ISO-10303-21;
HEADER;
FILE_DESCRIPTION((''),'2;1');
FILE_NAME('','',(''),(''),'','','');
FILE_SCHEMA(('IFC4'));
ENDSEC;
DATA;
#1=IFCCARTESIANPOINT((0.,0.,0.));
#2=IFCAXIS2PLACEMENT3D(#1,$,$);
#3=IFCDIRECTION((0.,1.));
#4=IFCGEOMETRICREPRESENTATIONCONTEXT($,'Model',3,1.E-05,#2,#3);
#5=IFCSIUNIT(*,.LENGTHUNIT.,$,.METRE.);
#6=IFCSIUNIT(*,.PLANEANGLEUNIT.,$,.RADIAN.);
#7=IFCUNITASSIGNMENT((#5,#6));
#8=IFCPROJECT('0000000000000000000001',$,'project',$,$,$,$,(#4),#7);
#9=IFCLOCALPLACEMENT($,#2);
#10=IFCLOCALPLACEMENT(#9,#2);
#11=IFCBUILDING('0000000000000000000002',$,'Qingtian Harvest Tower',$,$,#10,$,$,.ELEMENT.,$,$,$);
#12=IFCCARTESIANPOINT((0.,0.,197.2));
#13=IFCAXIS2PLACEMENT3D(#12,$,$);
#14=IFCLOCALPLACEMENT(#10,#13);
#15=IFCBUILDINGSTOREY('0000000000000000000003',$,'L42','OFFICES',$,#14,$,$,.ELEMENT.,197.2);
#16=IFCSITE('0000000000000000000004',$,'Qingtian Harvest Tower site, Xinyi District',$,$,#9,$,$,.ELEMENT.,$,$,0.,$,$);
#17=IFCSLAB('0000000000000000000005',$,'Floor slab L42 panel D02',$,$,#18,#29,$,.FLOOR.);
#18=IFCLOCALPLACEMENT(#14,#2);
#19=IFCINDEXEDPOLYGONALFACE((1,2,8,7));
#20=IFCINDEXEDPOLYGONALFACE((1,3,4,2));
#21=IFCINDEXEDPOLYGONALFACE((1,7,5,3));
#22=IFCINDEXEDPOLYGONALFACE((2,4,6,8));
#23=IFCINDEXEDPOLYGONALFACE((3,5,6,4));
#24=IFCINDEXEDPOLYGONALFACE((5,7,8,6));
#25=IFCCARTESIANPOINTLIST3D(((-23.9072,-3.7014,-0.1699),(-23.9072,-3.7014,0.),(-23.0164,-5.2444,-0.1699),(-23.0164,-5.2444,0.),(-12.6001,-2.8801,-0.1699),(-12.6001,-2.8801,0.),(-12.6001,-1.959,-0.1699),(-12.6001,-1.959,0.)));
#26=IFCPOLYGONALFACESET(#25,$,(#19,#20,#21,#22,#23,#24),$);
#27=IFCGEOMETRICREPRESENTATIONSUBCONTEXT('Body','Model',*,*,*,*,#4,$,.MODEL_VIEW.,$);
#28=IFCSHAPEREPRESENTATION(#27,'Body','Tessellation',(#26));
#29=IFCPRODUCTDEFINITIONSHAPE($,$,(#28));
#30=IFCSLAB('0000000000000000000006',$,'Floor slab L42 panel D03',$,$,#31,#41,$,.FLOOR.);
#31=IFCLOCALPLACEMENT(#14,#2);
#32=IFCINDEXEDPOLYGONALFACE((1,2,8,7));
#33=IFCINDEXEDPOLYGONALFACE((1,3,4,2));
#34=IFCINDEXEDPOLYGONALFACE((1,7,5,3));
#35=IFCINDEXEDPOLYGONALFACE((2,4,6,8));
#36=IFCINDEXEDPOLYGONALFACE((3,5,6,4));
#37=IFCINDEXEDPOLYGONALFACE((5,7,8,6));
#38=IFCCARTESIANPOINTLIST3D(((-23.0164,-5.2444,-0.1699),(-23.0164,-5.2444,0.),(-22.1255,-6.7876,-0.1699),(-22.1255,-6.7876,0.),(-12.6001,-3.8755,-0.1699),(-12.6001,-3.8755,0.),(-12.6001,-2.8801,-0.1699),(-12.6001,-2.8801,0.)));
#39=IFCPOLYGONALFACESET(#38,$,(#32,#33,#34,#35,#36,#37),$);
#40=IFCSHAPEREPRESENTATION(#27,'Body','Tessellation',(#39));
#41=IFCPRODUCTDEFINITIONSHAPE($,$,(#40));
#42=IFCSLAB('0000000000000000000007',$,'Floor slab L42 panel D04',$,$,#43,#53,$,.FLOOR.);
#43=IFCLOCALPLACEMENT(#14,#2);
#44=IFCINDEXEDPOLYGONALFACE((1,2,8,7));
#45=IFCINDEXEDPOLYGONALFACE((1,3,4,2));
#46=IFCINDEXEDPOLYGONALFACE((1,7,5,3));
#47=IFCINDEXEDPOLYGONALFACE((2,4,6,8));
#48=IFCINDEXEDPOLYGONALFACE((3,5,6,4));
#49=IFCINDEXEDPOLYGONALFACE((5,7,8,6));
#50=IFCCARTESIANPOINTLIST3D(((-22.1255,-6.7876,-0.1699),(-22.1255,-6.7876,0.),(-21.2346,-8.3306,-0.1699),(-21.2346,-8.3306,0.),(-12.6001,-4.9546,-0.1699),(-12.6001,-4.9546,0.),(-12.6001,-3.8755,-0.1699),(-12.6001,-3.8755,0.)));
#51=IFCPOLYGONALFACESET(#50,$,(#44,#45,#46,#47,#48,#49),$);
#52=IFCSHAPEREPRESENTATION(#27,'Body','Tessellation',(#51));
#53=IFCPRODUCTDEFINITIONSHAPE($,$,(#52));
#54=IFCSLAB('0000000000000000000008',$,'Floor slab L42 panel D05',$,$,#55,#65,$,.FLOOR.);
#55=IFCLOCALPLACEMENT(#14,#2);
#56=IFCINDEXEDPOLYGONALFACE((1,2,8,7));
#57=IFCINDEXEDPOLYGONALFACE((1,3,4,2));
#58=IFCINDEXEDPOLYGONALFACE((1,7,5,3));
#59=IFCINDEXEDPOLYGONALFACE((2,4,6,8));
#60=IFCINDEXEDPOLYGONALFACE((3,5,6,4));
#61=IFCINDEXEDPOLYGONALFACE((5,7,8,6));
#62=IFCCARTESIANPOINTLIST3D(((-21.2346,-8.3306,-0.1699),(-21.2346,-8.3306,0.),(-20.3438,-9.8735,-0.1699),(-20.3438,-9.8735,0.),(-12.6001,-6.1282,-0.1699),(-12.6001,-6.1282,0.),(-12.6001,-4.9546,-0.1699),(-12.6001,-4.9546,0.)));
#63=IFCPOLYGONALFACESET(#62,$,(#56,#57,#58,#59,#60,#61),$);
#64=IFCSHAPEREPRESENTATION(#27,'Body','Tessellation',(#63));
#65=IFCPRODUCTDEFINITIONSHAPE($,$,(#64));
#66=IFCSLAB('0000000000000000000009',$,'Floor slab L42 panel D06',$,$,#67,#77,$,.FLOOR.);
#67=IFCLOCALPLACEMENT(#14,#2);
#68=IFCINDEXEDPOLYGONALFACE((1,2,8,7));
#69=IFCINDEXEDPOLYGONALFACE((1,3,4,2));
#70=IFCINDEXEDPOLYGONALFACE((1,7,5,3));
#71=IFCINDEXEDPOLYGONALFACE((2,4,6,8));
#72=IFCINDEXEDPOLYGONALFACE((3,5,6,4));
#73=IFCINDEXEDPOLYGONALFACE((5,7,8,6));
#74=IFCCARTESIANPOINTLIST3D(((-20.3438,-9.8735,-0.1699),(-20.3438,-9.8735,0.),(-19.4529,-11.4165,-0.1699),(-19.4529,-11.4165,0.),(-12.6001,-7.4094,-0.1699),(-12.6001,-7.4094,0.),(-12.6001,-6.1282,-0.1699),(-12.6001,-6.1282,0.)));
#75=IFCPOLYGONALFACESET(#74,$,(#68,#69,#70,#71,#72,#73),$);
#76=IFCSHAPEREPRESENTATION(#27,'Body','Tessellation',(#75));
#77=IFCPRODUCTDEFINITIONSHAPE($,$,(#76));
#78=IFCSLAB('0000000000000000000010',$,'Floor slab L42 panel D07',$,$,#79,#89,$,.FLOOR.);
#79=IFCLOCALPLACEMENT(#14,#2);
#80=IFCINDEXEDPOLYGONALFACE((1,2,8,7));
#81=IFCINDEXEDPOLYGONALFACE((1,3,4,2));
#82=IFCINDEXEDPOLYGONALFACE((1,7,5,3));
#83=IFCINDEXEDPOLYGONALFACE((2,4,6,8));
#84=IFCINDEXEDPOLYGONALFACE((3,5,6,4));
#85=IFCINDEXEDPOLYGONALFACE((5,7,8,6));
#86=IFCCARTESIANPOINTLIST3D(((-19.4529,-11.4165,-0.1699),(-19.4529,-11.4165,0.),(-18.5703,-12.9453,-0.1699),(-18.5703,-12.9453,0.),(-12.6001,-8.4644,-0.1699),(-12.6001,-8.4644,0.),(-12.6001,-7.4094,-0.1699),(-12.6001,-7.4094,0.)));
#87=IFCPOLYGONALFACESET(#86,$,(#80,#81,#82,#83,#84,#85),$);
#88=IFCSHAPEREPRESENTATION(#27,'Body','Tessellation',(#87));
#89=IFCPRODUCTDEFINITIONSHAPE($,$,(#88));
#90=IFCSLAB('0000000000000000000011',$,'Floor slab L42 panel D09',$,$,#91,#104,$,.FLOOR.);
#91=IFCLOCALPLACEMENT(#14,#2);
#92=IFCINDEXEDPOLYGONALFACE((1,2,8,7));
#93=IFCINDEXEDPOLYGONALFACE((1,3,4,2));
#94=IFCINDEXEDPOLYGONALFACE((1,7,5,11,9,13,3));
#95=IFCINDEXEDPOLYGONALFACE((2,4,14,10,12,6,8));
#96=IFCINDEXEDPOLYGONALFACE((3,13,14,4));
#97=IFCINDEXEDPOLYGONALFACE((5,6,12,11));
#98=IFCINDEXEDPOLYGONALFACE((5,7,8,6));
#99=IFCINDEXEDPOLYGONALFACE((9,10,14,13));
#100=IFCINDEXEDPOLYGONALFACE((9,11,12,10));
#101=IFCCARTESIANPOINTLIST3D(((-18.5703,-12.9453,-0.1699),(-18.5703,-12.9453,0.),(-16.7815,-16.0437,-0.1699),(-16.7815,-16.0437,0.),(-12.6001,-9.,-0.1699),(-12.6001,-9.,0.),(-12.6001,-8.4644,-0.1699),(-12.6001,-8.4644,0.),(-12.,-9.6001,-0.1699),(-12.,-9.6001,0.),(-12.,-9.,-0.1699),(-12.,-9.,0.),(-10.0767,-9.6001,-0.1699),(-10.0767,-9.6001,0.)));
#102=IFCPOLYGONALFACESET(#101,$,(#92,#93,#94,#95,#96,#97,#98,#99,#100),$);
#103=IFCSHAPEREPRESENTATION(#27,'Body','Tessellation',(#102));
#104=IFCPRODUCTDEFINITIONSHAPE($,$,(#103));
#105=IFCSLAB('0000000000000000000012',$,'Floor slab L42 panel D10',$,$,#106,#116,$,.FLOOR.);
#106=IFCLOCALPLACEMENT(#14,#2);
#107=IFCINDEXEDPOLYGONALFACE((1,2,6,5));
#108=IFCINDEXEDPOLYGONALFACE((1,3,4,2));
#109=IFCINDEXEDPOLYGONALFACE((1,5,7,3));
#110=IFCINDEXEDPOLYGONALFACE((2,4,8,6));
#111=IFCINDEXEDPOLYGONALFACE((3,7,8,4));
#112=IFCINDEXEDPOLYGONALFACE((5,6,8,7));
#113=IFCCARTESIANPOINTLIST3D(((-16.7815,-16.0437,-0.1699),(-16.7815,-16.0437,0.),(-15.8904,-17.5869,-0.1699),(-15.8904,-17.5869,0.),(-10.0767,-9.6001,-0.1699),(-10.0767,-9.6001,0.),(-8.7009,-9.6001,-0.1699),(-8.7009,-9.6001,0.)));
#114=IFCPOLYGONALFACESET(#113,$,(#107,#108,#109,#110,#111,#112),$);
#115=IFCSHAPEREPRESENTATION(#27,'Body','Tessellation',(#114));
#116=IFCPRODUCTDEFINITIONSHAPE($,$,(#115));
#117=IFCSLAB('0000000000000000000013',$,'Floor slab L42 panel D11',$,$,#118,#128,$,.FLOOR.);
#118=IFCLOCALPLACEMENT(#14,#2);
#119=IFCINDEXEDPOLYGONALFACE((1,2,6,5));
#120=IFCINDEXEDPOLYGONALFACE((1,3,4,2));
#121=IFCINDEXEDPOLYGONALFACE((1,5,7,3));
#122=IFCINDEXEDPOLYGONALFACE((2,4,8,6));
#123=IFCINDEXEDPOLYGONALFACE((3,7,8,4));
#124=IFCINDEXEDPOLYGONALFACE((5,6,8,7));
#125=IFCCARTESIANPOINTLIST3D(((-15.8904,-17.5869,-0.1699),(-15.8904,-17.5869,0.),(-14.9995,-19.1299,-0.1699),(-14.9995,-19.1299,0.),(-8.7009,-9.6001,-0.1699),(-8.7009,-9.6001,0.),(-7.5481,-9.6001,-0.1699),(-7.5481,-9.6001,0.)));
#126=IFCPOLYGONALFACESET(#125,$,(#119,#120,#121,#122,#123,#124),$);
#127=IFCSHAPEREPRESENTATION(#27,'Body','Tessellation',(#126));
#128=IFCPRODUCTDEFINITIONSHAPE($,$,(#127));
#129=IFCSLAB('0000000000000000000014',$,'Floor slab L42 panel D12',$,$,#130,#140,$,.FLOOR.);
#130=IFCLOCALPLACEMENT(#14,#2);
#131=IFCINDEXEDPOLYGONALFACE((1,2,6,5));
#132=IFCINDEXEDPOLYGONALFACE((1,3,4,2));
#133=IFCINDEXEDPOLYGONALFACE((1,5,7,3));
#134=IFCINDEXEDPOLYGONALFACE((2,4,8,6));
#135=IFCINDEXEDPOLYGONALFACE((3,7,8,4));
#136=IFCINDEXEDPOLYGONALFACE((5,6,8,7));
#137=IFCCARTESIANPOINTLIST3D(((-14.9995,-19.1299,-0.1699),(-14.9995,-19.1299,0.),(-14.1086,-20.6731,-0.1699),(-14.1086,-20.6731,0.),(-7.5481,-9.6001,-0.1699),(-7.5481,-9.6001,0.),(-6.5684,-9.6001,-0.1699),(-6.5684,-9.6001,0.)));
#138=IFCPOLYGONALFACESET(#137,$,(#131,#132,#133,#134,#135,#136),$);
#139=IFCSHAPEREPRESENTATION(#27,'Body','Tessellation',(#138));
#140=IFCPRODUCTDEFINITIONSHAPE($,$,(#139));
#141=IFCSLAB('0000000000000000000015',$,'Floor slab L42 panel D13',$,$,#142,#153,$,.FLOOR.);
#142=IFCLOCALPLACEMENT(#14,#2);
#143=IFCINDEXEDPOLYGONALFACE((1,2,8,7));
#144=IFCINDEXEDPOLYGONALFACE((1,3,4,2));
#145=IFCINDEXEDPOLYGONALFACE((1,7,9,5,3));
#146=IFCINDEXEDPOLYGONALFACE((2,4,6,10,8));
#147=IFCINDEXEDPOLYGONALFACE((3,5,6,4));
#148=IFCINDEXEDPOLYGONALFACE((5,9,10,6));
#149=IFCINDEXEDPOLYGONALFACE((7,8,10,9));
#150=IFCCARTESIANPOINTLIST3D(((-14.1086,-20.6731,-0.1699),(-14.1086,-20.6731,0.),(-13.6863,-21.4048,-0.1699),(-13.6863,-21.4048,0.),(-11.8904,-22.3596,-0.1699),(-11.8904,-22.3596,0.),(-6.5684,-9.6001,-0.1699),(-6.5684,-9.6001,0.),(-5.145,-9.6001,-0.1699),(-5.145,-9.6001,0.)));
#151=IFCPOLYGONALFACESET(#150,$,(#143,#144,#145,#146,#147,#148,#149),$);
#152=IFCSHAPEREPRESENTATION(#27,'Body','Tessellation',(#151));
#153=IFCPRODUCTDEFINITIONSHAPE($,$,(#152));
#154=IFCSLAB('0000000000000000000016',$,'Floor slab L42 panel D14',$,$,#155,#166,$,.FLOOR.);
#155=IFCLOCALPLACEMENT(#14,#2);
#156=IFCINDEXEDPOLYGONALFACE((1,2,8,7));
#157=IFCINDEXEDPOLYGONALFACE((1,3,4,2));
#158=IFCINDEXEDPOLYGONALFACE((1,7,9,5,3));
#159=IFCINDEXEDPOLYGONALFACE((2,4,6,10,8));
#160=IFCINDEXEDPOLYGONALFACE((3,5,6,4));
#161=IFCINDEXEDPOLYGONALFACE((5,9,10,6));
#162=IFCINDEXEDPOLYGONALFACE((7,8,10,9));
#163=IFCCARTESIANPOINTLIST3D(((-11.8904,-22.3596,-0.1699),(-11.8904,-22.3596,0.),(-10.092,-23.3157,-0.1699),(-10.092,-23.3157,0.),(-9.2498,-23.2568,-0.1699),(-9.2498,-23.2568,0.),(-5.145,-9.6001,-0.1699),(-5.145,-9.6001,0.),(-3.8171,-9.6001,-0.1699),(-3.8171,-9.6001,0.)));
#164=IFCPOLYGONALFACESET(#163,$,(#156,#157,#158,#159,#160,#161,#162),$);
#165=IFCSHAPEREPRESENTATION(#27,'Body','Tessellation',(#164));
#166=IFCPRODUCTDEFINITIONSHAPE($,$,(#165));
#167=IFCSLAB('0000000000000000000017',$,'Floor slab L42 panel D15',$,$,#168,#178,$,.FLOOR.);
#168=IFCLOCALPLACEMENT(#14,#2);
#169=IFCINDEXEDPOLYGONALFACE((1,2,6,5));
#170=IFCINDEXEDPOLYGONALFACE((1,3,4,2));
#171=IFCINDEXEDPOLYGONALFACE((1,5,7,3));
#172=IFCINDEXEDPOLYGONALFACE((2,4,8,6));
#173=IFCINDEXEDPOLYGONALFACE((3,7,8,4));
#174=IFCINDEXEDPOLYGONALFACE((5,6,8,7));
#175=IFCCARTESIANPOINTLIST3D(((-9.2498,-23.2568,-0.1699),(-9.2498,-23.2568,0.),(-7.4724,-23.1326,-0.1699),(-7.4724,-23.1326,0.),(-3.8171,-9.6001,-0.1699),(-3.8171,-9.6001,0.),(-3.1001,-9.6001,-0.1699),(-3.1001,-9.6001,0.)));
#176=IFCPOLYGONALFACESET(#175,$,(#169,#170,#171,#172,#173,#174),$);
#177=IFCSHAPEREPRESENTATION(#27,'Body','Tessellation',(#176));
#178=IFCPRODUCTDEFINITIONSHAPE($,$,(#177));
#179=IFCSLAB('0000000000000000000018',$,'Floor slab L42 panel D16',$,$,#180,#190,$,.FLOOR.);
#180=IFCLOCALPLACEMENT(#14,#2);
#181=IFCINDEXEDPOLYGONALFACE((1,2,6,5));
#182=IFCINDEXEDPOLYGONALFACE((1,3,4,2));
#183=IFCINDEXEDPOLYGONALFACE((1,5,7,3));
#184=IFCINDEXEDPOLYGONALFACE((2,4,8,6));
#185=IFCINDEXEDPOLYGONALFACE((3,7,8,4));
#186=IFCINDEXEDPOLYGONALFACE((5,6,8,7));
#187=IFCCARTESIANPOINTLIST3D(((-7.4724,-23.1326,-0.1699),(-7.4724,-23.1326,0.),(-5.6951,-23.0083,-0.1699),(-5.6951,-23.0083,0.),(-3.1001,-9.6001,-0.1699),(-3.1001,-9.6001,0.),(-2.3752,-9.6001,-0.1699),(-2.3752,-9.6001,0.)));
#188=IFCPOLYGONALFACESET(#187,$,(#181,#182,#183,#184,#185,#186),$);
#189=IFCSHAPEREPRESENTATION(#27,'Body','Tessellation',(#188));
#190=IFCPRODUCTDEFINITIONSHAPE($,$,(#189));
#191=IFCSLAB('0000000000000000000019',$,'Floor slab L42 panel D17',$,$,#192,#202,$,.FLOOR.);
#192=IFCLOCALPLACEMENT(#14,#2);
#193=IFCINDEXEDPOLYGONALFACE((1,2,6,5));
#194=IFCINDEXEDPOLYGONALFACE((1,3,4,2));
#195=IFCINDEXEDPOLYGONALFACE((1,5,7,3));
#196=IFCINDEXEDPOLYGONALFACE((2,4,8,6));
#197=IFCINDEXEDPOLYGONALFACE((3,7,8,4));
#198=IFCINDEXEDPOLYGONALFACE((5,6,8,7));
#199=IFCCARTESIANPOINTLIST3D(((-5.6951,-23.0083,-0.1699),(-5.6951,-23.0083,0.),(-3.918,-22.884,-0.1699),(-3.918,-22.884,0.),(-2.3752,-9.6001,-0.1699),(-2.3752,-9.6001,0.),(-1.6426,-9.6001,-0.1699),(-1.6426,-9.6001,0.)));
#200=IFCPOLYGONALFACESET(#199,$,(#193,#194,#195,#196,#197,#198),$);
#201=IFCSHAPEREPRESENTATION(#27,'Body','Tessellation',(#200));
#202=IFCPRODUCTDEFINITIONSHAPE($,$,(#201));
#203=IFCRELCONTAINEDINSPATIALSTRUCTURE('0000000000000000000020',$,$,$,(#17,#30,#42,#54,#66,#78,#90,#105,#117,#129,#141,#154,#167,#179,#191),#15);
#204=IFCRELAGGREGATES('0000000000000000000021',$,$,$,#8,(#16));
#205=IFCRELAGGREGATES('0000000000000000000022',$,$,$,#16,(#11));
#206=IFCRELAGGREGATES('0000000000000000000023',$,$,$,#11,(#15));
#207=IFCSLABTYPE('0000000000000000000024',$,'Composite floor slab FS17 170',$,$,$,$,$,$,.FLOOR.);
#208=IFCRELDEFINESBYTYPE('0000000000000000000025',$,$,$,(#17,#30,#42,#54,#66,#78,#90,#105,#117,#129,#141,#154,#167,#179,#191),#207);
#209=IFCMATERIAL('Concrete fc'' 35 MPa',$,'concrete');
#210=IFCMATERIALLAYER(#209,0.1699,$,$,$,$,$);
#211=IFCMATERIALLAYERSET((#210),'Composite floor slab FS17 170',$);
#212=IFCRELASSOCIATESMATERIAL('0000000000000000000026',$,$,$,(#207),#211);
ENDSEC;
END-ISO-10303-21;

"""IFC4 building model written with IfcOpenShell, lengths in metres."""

from ifc_helpers import new_model, si_unit, direction, frame, origin, place, context, subcontext, project, spatial, polyline, outline, extrude, material, layer, layer_set, type_object, element, save


model = new_model("IFC4")

# Units and contexts
model_context = context("Model", 3, precision=1e-05, world=origin(), true_north=direction((0.0, 1.0)))
body_context = subcontext(model_context, "Body", "Model", "MODEL_VIEW")
ifc_project = project(units=[si_unit("LENGTHUNIT", "METRE"), si_unit("PLANEANGLEUNIT", "RADIAN")], contexts=[model_context])

# Site, building, storey
site_placement = place(None, origin())
site = spatial("IfcSite", under=ifc_project, at=site_placement, Name="Qingtian Harvest Tower site, Xinyi District", CompositionType="ELEMENT", RefElevation=0.0)
building_placement = place(site_placement, origin())
building = spatial("IfcBuilding", under=site, at=building_placement, Name="Qingtian Harvest Tower", CompositionType="ELEMENT")
storey_placement = place(building_placement, frame((0.0, 0.0, 197.2)))
storey = spatial("IfcBuildingStorey", under=building, at=storey_placement, Name="L42", Description="OFFICES", CompositionType="ELEMENT", Elevation=197.2)

# Slabs
ifc_material = material(Name="Concrete fc' 35 MPa", Category="concrete")
ifc_layer = layer(ifc_material, 0.1699)
ifc_layer_set = layer_set([ifc_layer], Name="Composite floor slab FS17 170")
slab_type = type_object("IfcSlabType", Name="Composite floor slab FS17 170", PredefinedType="FLOOR", material=ifc_layer_set)
slab_1_placement = place(storey_placement, frame((0.0, 0.0, -0.1699)))
element("IfcSlab", 1, at=slab_1_placement, inside=storey, type_object=slab_type, Name="Floor slab L42 panel D02", PredefinedType="FLOOR", context=body_context, shape_type="SweptSolid", body=[
    extrude(outline(polyline([(-12.6001, -2.8801), (-23.0164, -5.2444), (-23.9072, -3.7014), (-12.6001, -1.959), (-12.6001, -2.8801)])), origin(), (0.0, 0.0, 1.0), 0.1699),
])
slab_2_placement = place(storey_placement, frame((0.0, 0.0, -0.1699)))
element("IfcSlab", 2, at=slab_2_placement, inside=storey, type_object=slab_type, Name="Floor slab L42 panel D03", PredefinedType="FLOOR", context=body_context, shape_type="SweptSolid", body=[
    extrude(outline(polyline([(-12.6001, -3.8755), (-22.1255, -6.7876), (-23.0164, -5.2444), (-12.6001, -2.8801), (-12.6001, -3.8755)])), origin(), (0.0, 0.0, 1.0), 0.1699),
])
slab_3_placement = place(storey_placement, frame((0.0, 0.0, -0.1699)))
element("IfcSlab", 3, at=slab_3_placement, inside=storey, type_object=slab_type, Name="Floor slab L42 panel D04", PredefinedType="FLOOR", context=body_context, shape_type="SweptSolid", body=[
    extrude(outline(polyline([(-12.6001, -4.9546), (-21.2346, -8.3306), (-22.1255, -6.7876), (-12.6001, -3.8755), (-12.6001, -4.9546)])), origin(), (0.0, 0.0, 1.0), 0.1699),
])
slab_4_placement = place(storey_placement, frame((0.0, 0.0, -0.1699)))
element("IfcSlab", 4, at=slab_4_placement, inside=storey, type_object=slab_type, Name="Floor slab L42 panel D05", PredefinedType="FLOOR", context=body_context, shape_type="SweptSolid", body=[
    extrude(outline(polyline([(-12.6001, -6.1282), (-20.3438, -9.8735), (-21.2346, -8.3306), (-12.6001, -4.9546), (-12.6001, -6.1282)])), origin(), (0.0, 0.0, 1.0), 0.1699),
])
slab_5_placement = place(storey_placement, frame((0.0, 0.0, -0.1699)))
element("IfcSlab", 5, at=slab_5_placement, inside=storey, type_object=slab_type, Name="Floor slab L42 panel D06", PredefinedType="FLOOR", context=body_context, shape_type="SweptSolid", body=[
    extrude(outline(polyline([(-12.6001, -7.4094), (-19.4529, -11.4165), (-20.3438, -9.8735), (-12.6001, -6.1282), (-12.6001, -7.4094)])), origin(), (0.0, 0.0, 1.0), 0.1699),
])
slab_6_placement = place(storey_placement, frame((0.0, 0.0, -0.1699)))
element("IfcSlab", 6, at=slab_6_placement, inside=storey, type_object=slab_type, Name="Floor slab L42 panel D07", PredefinedType="FLOOR", context=body_context, shape_type="SweptSolid", body=[
    extrude(outline(polyline([(-12.6001, -8.4644), (-18.5703, -12.9453), (-19.4529, -11.4165), (-12.6001, -7.4094), (-12.6001, -8.4644)])), origin(), (0.0, 0.0, 1.0), 0.1699),
])
slab_7_placement = place(storey_placement, frame((0.0, 0.0, -0.1699)))
element("IfcSlab", 7, at=slab_7_placement, inside=storey, type_object=slab_type, Name="Floor slab L42 panel D09", PredefinedType="FLOOR", context=body_context, shape_type="SweptSolid", body=[
    extrude(outline(polyline([(-16.7815, -16.0437), (-18.5703, -12.9453), (-12.6001, -8.4644), (-12.6001, -9.0), (-12.0, -9.0), (-12.0, -9.6001), (-10.0767, -9.6001), (-16.7815, -16.0437)])), origin(), (0.0, 0.0, 1.0), 0.1699),
])
slab_8_placement = place(storey_placement, frame((0.0, 0.0, -0.1699)))
element("IfcSlab", 8, at=slab_8_placement, inside=storey, type_object=slab_type, Name="Floor slab L42 panel D10", PredefinedType="FLOOR", context=body_context, shape_type="SweptSolid", body=[
    extrude(outline(polyline([(-8.7009, -9.6001), (-15.8904, -17.5869), (-16.7815, -16.0437), (-10.0767, -9.6001), (-8.7009, -9.6001)])), origin(), (0.0, 0.0, 1.0), 0.1699),
])
slab_9_placement = place(storey_placement, frame((0.0, 0.0, -0.1699)))
element("IfcSlab", 9, at=slab_9_placement, inside=storey, type_object=slab_type, Name="Floor slab L42 panel D11", PredefinedType="FLOOR", context=body_context, shape_type="SweptSolid", body=[
    extrude(outline(polyline([(-7.5481, -9.6001), (-14.9995, -19.1299), (-15.8904, -17.5869), (-8.7009, -9.6001), (-7.5481, -9.6001)])), origin(), (0.0, 0.0, 1.0), 0.1699),
])
slab_10_placement = place(storey_placement, frame((0.0, 0.0, -0.1699)))
element("IfcSlab", 10, at=slab_10_placement, inside=storey, type_object=slab_type, Name="Floor slab L42 panel D12", PredefinedType="FLOOR", context=body_context, shape_type="SweptSolid", body=[
    extrude(outline(polyline([(-6.5684, -9.6001), (-14.1086, -20.6731), (-14.9995, -19.1299), (-7.5481, -9.6001), (-6.5684, -9.6001)])), origin(), (0.0, 0.0, 1.0), 0.1699),
])
slab_11_placement = place(storey_placement, frame((0.0, 0.0, -0.1699)))
element("IfcSlab", 11, at=slab_11_placement, inside=storey, type_object=slab_type, Name="Floor slab L42 panel D13", PredefinedType="FLOOR", context=body_context, shape_type="SweptSolid", body=[
    extrude(outline(polyline([(-6.5684, -9.6001), (-5.145, -9.6001), (-11.8904, -22.3596), (-13.6863, -21.4048), (-14.1086, -20.6731), (-6.5684, -9.6001)])), origin(), (0.0, 0.0, 1.0), 0.1699),
])
slab_12_placement = place(storey_placement, frame((0.0, 0.0, -0.1699)))
element("IfcSlab", 12, at=slab_12_placement, inside=storey, type_object=slab_type, Name="Floor slab L42 panel D14", PredefinedType="FLOOR", context=body_context, shape_type="SweptSolid", body=[
    extrude(outline(polyline([(-5.145, -9.6001), (-3.8171, -9.6001), (-9.2498, -23.2568), (-10.092, -23.3157), (-11.8904, -22.3596), (-5.145, -9.6001)])), origin(), (0.0, 0.0, 1.0), 0.1699),
])
slab_13_placement = place(storey_placement, frame((0.0, 0.0, -0.1699)))
element("IfcSlab", 13, at=slab_13_placement, inside=storey, type_object=slab_type, Name="Floor slab L42 panel D15", PredefinedType="FLOOR", context=body_context, shape_type="SweptSolid", body=[
    extrude(outline(polyline([(-3.1001, -9.6001), (-7.4724, -23.1326), (-9.2498, -23.2568), (-3.8171, -9.6001), (-3.1001, -9.6001)])), origin(), (0.0, 0.0, 1.0), 0.1699),
])
slab_14_placement = place(storey_placement, frame((0.0, 0.0, -0.1699)))
element("IfcSlab", 14, at=slab_14_placement, inside=storey, type_object=slab_type, Name="Floor slab L42 panel D16", PredefinedType="FLOOR", context=body_context, shape_type="SweptSolid", body=[
    extrude(outline(polyline([(-2.3752, -9.6001), (-5.6951, -23.0083), (-7.4724, -23.1326), (-3.1001, -9.6001), (-2.3752, -9.6001)])), origin(), (0.0, 0.0, 1.0), 0.1699),
])
slab_15_placement = place(storey_placement, frame((0.0, 0.0, -0.1699)))
element("IfcSlab", 15, at=slab_15_placement, inside=storey, type_object=slab_type, Name="Floor slab L42 panel D17", PredefinedType="FLOOR", context=body_context, shape_type="SweptSolid", body=[
    extrude(outline(polyline([(-1.6426, -9.6001), (-3.918, -22.884), (-5.6951, -23.0083), (-2.3752, -9.6001), (-1.6426, -9.6001)])), origin(), (0.0, 0.0, 1.0), 0.1699),
])

save(model, "model.ifc")
